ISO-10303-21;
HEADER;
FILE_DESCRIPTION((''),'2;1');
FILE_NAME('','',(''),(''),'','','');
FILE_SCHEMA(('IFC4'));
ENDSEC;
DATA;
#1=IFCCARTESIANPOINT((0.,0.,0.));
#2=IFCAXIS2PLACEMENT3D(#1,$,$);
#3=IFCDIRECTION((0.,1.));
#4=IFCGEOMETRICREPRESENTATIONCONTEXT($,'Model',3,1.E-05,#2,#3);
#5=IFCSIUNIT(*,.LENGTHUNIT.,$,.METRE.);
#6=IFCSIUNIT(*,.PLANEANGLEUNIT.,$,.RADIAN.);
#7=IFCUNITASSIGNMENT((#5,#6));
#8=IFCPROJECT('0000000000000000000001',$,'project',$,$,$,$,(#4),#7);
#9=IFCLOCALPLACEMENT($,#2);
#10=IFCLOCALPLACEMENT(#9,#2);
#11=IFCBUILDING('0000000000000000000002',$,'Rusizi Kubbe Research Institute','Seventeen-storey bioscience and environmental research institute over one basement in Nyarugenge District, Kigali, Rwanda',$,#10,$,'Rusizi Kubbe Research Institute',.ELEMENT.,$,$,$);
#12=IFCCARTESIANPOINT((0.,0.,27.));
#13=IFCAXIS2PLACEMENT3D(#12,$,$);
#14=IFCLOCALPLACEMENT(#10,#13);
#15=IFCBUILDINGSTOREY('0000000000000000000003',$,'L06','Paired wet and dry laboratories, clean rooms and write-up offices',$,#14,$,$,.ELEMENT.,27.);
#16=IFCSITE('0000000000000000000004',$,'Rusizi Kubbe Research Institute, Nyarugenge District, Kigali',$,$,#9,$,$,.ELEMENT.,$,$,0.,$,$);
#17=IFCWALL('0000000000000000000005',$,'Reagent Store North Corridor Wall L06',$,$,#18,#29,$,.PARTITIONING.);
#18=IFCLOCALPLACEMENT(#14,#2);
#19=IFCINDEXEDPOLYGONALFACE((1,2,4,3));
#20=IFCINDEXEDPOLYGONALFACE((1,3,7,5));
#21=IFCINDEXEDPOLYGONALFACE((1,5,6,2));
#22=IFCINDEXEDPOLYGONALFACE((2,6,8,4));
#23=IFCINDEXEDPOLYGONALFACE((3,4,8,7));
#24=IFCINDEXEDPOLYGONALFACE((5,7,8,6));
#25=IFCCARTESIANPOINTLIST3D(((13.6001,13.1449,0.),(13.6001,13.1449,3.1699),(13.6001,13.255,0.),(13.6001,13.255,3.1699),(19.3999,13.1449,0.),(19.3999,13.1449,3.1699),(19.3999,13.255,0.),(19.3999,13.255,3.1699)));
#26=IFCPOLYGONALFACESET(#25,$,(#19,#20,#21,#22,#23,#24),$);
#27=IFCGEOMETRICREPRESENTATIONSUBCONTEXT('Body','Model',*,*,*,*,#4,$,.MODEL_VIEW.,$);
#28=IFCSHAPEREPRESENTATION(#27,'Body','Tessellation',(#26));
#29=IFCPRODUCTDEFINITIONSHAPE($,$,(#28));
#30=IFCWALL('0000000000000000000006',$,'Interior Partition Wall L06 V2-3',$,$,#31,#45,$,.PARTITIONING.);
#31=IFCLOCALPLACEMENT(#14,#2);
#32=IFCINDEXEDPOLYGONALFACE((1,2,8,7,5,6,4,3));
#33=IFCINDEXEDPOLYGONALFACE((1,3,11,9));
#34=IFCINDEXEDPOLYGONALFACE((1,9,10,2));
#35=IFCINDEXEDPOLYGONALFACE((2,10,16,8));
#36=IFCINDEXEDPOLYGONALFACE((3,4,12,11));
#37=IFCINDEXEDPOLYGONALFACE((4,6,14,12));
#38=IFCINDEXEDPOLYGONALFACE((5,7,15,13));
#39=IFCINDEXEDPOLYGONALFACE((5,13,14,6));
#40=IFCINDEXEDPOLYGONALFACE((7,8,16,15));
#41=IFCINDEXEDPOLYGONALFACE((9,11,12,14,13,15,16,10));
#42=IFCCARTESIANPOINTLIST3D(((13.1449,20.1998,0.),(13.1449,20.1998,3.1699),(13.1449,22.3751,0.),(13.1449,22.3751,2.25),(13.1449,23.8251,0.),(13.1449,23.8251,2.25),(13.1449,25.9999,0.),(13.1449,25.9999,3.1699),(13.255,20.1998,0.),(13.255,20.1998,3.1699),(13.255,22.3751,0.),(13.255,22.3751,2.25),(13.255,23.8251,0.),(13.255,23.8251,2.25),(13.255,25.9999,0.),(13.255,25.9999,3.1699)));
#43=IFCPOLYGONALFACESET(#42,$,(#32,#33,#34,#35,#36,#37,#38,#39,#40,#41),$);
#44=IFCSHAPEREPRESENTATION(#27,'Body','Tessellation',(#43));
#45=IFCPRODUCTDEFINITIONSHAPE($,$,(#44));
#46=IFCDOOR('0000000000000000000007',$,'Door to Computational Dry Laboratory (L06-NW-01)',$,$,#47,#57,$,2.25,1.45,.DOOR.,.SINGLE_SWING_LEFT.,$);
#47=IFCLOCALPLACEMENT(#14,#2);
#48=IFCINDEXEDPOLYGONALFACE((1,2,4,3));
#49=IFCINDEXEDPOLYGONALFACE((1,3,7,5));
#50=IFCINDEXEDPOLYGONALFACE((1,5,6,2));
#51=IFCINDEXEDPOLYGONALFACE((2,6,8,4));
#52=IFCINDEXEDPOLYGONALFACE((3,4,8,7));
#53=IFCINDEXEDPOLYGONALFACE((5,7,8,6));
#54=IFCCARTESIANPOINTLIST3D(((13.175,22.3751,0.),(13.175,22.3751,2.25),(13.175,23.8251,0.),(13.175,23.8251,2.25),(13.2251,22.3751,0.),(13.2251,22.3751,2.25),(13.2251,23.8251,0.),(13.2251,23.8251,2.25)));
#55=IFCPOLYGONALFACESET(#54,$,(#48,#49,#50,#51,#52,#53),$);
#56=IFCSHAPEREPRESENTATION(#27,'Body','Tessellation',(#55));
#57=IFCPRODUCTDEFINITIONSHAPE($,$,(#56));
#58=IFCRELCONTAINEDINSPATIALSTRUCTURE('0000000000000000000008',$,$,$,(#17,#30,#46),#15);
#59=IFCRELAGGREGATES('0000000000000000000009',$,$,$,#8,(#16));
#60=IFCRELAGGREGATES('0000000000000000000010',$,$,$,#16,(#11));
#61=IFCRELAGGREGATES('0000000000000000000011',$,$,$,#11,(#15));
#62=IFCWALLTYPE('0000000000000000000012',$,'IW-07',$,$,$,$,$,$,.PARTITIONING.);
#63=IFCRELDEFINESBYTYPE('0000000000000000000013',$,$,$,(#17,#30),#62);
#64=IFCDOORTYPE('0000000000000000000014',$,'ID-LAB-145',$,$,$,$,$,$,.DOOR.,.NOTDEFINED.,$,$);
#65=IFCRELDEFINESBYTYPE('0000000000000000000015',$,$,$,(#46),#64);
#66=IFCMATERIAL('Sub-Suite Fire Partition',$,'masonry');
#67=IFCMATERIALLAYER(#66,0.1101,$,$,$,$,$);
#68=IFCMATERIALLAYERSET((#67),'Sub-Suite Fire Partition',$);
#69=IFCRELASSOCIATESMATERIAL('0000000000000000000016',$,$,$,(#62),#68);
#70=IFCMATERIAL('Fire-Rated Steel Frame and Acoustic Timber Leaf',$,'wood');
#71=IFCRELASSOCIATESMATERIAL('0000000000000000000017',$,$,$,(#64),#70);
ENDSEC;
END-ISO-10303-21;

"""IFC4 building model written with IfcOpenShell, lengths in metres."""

from ifc_helpers import new_model, si_unit, direction, frame, frame_2d, origin, place, context, subcontext, project, spatial, rectangle, extrude, material, layer, layer_set, type_object, element, fill, save


model = new_model("IFC4")

# Units and contexts
model_context = context("Model", 3, precision=1e-05, world=origin(), true_north=direction((0.0, 1.0)))
body_context = subcontext(model_context, "Body", "Model", "MODEL_VIEW")
ifc_project = project(units=[si_unit("LENGTHUNIT", "METRE"), si_unit("PLANEANGLEUNIT", "RADIAN")], contexts=[model_context])

# Site, building, storey
site_placement = place(None, origin())
site = spatial("IfcSite", under=ifc_project, at=site_placement, Name="Rusizi Kubbe Research Institute, Nyarugenge District, Kigali", CompositionType="ELEMENT", RefElevation=0.0)
building_placement = place(site_placement, origin())
building = spatial("IfcBuilding", under=site, at=building_placement, Name="Rusizi Kubbe Research Institute", Description="Seventeen-storey bioscience and environmental research institute over one basement in Nyarugenge District, Kigali, Rwanda", LongName="Rusizi Kubbe Research Institute", CompositionType="ELEMENT")
storey_placement = place(building_placement, frame((0.0, 0.0, 27.0)))
storey = spatial("IfcBuildingStorey", under=building, at=storey_placement, Name="L06", Description="Paired wet and dry laboratories, clean rooms and write-up offices", CompositionType="ELEMENT", Elevation=27.0)

# Wall
ifc_material_1 = material(Name="Sub-Suite Fire Partition", Category="masonry")
ifc_layer_1 = layer(ifc_material_1, 0.1101)
ifc_layer_set_1 = layer_set([ifc_layer_1], Name="Sub-Suite Fire Partition")
wall_type_1 = type_object("IfcWallType", Name="IW-07", PredefinedType="PARTITIONING", material=ifc_layer_set_1)
wall_1_placement = place(storey_placement, frame((13.6001, 13.2, 0.0), z_axis=(0.0, 0.0, 1.0), x_axis=(1.0, 0.0, 0.0)))
element("IfcWall", 1, at=wall_1_placement, inside=storey, type_object=wall_type_1, Name="Reagent Store North Corridor Wall L06", PredefinedType="PARTITIONING", context=body_context, shape_type="SweptSolid", body=[
    extrude(rectangle(XDim=5.7998, YDim=0.1101, at=frame_2d((2.8999, 0.0))), origin(), (0.0, 0.0, 1.0), 3.1699),
])

# Wall, opening, door
wall_2_placement = place(storey_placement, frame((13.2, 20.2, 0.0), z_axis=(0.0, 0.0, 1.0), x_axis=(0.0, 1.0, 0.0)))
wall_2 = element("IfcWall", 2, at=wall_2_placement, inside=storey, type_object=wall_type_1, Name="Interior Partition Wall L06 V2-3", PredefinedType="PARTITIONING", context=body_context, shape_type="SweptSolid", body=[
    extrude(rectangle(XDim=5.8, YDim=0.1101, at=frame_2d((2.8999, 0.0))), origin(), (0.0, 0.0, 1.0), 3.1699),
])
opening_1_placement = place(wall_2_placement, frame((2.175, 0.0, 0.0)))
opening_1 = element("IfcOpeningElement", 3, at=opening_1_placement, cuts=wall_2, PredefinedType="OPENING", context=body_context, shape_type="SweptSolid", body=[
    extrude(rectangle(XDim=1.45, YDim=2.25, at=frame_2d((0.7251, 1.125))), frame((0.0, 0.0649, 0.0), z_axis=(0.0, -1.0, 0.0), x_axis=(1.0, 0.0, 0.0)), (0.0, 0.0, 1.0), 0.1301),
])
ifc_material_2 = material(Name="Fire-Rated Steel Frame and Acoustic Timber Leaf", Category="wood")
door_type_1 = type_object("IfcDoorType", Name="ID-LAB-145", OperationType="NOTDEFINED", PredefinedType="DOOR", material=ifc_material_2)
door_1_placement = place(opening_1_placement, origin())
door_1 = element("IfcDoor", 4, at=door_1_placement, inside=storey, type_object=door_type_1, Name="Door to Computational Dry Laboratory (L06-NW-01)", OperationType="SINGLE_SWING_LEFT", OverallHeight=2.25, OverallWidth=1.45, PredefinedType="DOOR", context=body_context, shape_type="SweptSolid", body=[
    extrude(rectangle(XDim=1.45, YDim=2.25, at=frame_2d((0.7251, 1.125))), frame((0.0, 0.0249, 0.0), z_axis=(0.0, -1.0, 0.0), x_axis=(1.0, 0.0, 0.0)), (0.0, 0.0, 1.0), 0.05),
])
fill(opening_1, door_1)

save(model, "model.ifc")
